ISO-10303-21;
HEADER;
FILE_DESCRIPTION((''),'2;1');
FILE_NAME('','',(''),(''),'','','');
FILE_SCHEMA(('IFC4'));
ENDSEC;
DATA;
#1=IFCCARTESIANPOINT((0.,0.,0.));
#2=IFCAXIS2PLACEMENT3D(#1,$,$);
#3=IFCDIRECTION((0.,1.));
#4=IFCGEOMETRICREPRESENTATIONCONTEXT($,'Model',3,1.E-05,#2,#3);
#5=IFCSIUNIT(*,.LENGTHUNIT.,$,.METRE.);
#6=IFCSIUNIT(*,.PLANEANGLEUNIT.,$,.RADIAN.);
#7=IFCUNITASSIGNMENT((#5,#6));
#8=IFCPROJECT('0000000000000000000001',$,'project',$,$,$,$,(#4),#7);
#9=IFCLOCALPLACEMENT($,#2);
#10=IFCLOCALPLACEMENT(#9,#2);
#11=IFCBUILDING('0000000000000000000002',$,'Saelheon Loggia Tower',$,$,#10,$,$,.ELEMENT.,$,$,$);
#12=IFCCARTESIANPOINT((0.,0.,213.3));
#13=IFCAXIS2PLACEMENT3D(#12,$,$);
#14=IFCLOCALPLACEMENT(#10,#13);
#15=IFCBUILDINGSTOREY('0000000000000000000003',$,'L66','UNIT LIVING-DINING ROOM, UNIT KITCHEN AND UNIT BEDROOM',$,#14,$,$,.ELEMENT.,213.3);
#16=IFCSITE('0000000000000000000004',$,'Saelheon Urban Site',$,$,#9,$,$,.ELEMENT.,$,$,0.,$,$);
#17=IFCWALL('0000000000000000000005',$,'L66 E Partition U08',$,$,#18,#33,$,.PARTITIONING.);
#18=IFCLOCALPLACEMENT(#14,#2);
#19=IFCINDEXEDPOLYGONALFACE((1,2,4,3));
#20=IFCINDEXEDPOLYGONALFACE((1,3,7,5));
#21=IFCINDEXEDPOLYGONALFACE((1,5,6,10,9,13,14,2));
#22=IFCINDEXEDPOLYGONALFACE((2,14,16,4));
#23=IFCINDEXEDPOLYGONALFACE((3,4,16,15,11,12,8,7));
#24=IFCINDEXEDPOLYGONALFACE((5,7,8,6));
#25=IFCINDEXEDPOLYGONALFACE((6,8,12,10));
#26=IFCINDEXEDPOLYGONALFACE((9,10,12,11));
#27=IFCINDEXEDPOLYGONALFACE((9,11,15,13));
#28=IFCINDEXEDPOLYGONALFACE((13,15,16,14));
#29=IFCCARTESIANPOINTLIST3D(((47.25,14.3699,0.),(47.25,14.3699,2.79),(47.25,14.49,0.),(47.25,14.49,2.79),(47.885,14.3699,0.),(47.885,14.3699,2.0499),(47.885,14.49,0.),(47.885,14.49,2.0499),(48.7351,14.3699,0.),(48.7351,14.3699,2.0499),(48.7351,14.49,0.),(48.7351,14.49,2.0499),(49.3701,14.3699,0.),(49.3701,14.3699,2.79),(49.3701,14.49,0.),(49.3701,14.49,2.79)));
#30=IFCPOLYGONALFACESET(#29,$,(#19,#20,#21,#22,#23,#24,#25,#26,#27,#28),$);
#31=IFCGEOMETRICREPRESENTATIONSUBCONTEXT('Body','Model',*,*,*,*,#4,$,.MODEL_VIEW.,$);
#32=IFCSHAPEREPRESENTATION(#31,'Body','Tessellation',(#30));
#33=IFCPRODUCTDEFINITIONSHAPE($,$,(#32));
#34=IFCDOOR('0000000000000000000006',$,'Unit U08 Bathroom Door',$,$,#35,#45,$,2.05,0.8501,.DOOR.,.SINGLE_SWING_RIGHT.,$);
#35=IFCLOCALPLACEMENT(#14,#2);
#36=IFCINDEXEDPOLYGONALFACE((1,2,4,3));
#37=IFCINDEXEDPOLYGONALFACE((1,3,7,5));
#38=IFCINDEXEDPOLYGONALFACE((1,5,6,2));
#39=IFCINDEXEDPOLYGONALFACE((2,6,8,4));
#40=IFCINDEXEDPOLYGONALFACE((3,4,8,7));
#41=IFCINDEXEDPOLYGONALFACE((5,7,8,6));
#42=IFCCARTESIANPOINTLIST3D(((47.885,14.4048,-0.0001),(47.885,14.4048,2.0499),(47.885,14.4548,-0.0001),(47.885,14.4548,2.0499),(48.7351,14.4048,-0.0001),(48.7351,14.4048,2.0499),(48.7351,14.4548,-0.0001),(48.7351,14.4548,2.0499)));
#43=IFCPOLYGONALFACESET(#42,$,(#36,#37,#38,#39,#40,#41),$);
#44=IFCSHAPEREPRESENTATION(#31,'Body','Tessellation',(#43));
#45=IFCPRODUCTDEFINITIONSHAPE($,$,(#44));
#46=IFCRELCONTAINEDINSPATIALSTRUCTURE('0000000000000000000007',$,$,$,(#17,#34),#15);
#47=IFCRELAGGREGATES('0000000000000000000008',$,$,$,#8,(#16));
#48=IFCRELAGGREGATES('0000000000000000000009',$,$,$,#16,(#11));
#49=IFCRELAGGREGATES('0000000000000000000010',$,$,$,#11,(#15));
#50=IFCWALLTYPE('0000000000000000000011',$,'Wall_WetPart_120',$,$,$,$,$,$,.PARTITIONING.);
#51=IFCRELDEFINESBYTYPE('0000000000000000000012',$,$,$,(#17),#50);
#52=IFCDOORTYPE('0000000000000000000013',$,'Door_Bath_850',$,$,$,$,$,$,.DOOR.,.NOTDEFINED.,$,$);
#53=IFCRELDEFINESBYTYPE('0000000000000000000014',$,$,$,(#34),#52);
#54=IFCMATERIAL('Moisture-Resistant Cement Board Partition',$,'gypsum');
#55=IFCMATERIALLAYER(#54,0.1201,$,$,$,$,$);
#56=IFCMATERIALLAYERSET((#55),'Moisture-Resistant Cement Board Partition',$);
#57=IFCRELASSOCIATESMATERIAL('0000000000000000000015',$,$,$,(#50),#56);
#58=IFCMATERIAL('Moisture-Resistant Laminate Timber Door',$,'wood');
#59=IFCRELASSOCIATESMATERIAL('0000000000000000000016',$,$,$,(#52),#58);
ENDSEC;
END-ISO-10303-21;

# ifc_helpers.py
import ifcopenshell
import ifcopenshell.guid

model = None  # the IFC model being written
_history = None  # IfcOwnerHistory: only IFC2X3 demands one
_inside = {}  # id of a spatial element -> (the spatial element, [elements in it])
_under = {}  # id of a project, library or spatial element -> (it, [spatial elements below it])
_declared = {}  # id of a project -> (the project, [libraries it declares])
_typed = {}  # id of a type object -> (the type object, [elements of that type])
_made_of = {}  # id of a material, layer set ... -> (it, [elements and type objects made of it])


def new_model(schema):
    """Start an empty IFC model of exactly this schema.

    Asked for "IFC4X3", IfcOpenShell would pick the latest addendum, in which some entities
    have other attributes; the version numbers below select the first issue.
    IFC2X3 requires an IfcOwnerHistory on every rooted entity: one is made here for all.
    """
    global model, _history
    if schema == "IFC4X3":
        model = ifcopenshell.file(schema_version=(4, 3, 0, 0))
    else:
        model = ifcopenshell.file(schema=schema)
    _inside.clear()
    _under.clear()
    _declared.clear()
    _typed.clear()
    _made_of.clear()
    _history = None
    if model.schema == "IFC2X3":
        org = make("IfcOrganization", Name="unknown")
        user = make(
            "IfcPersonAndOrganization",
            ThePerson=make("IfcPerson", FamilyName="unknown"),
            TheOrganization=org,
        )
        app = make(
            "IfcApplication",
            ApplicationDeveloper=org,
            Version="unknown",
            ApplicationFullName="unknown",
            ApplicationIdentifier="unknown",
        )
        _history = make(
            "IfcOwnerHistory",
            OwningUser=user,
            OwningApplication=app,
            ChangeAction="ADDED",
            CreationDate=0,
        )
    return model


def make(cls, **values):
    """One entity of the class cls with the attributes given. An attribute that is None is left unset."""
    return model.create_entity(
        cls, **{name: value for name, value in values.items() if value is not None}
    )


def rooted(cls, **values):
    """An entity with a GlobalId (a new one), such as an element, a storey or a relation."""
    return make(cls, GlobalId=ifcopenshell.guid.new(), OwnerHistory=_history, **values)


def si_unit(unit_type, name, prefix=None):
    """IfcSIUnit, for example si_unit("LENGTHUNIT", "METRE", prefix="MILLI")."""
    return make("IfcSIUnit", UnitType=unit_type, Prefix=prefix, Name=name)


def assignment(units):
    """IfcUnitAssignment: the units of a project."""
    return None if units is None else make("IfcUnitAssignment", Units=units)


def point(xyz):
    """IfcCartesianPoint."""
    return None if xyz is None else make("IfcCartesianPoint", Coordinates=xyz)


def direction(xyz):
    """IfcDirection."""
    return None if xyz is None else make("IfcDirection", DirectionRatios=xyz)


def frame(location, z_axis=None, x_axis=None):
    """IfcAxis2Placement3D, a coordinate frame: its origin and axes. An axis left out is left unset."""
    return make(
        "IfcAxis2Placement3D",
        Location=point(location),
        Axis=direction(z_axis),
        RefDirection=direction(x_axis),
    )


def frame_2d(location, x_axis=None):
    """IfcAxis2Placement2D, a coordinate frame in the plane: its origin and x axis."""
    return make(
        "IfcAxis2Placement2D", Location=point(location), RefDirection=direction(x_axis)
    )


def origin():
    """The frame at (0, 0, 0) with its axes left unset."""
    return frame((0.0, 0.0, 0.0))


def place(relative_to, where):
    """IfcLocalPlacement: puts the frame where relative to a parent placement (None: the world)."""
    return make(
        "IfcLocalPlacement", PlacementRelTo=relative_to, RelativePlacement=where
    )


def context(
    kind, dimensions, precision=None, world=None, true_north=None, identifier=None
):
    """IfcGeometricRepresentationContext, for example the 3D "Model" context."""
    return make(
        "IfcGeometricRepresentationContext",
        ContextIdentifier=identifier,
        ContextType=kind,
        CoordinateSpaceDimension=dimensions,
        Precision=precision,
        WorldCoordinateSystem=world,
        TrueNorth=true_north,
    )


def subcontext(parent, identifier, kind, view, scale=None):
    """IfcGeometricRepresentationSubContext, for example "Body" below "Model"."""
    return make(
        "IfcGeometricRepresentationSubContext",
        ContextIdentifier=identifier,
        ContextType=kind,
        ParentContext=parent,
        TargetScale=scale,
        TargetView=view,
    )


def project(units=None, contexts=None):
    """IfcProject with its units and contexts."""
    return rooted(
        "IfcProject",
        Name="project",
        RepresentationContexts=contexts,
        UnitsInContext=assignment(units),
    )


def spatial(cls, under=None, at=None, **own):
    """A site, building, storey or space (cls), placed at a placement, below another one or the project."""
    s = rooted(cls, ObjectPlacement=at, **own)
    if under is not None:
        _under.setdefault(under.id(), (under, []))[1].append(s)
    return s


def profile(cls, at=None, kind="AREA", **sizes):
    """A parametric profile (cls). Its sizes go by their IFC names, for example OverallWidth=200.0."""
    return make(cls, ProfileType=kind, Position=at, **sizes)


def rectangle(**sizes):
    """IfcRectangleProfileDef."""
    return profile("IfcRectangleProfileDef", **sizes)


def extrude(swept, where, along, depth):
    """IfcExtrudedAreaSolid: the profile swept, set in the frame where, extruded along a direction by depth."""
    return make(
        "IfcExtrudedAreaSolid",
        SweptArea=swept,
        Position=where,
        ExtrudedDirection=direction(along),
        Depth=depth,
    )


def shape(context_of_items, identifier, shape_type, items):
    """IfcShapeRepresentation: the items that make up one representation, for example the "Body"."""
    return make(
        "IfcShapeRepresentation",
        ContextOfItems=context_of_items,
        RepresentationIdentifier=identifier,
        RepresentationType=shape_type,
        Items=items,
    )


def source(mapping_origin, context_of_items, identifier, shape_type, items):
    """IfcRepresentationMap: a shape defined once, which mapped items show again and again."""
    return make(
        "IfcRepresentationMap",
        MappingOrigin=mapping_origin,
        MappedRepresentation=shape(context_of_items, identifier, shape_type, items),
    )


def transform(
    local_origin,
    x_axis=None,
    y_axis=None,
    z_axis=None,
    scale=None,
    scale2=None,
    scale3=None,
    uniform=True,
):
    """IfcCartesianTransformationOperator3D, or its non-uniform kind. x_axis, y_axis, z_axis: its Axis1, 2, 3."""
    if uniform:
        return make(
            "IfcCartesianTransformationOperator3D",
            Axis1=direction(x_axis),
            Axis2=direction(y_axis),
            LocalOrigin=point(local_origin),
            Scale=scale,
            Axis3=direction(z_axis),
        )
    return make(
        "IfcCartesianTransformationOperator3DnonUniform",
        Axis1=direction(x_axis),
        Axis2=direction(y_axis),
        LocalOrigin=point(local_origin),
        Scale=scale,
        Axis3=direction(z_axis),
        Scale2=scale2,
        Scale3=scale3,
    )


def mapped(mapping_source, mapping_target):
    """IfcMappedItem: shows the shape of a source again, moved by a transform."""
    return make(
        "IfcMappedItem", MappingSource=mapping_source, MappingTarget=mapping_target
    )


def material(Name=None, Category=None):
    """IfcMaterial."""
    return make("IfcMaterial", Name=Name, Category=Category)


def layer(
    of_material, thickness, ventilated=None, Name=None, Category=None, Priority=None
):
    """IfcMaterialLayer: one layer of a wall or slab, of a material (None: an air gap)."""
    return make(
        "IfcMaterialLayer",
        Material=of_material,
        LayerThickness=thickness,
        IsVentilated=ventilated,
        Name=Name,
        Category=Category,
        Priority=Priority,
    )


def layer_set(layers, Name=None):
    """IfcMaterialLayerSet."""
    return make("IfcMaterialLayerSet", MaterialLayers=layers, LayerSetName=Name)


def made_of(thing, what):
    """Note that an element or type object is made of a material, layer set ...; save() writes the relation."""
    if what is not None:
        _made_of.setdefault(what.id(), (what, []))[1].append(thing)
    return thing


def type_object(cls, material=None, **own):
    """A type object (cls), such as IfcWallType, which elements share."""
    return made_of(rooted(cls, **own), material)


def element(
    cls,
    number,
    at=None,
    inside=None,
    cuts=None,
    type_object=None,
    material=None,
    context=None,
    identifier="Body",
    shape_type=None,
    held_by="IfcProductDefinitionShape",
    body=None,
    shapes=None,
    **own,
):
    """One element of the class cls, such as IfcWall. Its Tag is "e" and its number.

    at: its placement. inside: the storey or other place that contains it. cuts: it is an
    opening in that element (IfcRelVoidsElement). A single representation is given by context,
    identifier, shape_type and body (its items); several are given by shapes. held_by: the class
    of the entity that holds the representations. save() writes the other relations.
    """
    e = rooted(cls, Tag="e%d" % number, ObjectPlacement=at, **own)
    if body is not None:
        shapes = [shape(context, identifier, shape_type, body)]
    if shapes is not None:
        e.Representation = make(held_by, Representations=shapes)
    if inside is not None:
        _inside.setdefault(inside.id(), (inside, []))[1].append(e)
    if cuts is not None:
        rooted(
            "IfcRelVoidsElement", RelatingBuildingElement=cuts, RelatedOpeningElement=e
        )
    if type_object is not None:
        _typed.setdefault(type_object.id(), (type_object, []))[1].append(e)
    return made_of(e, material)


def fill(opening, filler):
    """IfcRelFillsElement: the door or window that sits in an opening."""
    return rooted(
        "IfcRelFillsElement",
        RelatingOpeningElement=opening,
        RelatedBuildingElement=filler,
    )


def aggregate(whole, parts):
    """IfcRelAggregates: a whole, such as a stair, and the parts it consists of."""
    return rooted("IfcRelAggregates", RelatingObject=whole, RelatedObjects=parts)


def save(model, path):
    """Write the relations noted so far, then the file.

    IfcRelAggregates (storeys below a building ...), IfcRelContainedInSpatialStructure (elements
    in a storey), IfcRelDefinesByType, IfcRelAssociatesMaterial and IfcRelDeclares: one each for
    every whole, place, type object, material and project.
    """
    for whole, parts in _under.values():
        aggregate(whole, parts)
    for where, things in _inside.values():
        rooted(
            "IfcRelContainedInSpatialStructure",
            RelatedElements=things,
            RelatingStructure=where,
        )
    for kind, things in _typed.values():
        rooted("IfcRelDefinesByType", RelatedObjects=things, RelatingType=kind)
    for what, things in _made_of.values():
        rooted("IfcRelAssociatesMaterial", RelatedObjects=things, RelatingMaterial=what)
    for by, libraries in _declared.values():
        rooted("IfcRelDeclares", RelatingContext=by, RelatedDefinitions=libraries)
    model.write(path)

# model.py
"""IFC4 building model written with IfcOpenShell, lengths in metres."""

from ifc_helpers import new_model, si_unit, direction, frame, frame_2d, origin, place, context, subcontext, project, spatial, rectangle, extrude, source, transform, mapped, material, layer, layer_set, type_object, element, fill, save


model = new_model("IFC4")

# Units and contexts
model_context = context("Model", 3, precision=1e-05, world=origin(), true_north=direction((0.0, 1.0)))
body_context = subcontext(model_context, "Body", "Model", "MODEL_VIEW")
ifc_project = project(units=[si_unit("LENGTHUNIT", "METRE"), si_unit("PLANEANGLEUNIT", "RADIAN")], contexts=[model_context])

# Site, building, storey
site_placement = place(None, origin())
site = spatial("IfcSite", under=ifc_project, at=site_placement, Name="Saelheon Urban Site", CompositionType="ELEMENT", RefElevation=0.0)
building_placement = place(site_placement, origin())
building = spatial("IfcBuilding", under=site, at=building_placement, Name="Saelheon Loggia Tower", CompositionType="ELEMENT")
storey_placement = place(building_placement, frame((0.0, 0.0, 213.3)))
storey = spatial("IfcBuildingStorey", under=building, at=storey_placement, Name="L66", Description="UNIT LIVING-DINING ROOM, UNIT KITCHEN AND UNIT BEDROOM", CompositionType="ELEMENT", Elevation=213.3)

# Shared definitions
ifc_material_1 = material(Name="Moisture-Resistant Cement Board Partition", Category="gypsum")
ifc_layer_1 = layer(ifc_material_1, 0.1201)
ifc_layer_set_1 = layer_set([ifc_layer_1], Name="Moisture-Resistant Cement Board Partition")
wall_type_1 = type_object("IfcWallType", Name="Wall_WetPart_120", PredefinedType="PARTITIONING", material=ifc_layer_set_1)

# Wall, opening, door
wall_1_placement = place(storey_placement, frame((47.25, 14.4299, 0.0), z_axis=(0.0, 0.0, 1.0), x_axis=(1.0, 0.0, 0.0)))
wall_1 = element("IfcWall", 1, at=wall_1_placement, inside=storey, type_object=wall_type_1, Name="L66 E Partition U08", PredefinedType="PARTITIONING", context=body_context, shape_type="SweptSolid", body=[
    extrude(rectangle(XDim=2.1201, YDim=0.1201, at=frame_2d((1.0601, 0.0))), origin(), (0.0, 0.0, 1.0), 2.79),
])
opening_1_placement = place(wall_1_placement, frame((0.635, 0.0, 0.0)))
opening_1 = element("IfcOpeningElement", 2, at=opening_1_placement, cuts=wall_1, PredefinedType="OPENING", context=body_context, shape_type="SweptSolid", body=[
    extrude(rectangle(XDim=0.8501, YDim=2.05, at=frame_2d((0.425, 1.0249))), frame((0.0, 0.072, 0.0), z_axis=(0.0, -1.0, 0.0), x_axis=(1.0, 0.0, 0.0)), (0.0, 0.0, 1.0), 0.144),
])
ifc_material_2 = material(Name="Moisture-Resistant Laminate Timber Door", Category="wood")
door_type_1 = type_object("IfcDoorType", Name="Door_Bath_850", OperationType="NOTDEFINED", PredefinedType="DOOR", material=ifc_material_2)
shared_shape_1 = source(origin(), body_context, "Body", "SweptSolid", [
    extrude(rectangle(XDim=0.8501, YDim=2.05, at=frame_2d((0.425, 1.0249))), frame((0.0, 0.0249, 0.0), z_axis=(0.0, -1.0, 0.0), x_axis=(1.0, 0.0, 0.0)), (0.0, 0.0, 1.0), 0.05),
])
door_1_placement = place(opening_1_placement, origin())
door_1 = element("IfcDoor", 3, at=door_1_placement, inside=storey, type_object=door_type_1, Name="Unit U08 Bathroom Door", OperationType="SINGLE_SWING_RIGHT", OverallHeight=2.05, OverallWidth=0.8501, PredefinedType="DOOR", context=body_context, shape_type="MappedRepresentation", body=[
    mapped(shared_shape_1, transform((0.0, 0.0, 0.0), scale=1.0)),
])
fill(opening_1, door_1)

save(model, "model.ifc")
